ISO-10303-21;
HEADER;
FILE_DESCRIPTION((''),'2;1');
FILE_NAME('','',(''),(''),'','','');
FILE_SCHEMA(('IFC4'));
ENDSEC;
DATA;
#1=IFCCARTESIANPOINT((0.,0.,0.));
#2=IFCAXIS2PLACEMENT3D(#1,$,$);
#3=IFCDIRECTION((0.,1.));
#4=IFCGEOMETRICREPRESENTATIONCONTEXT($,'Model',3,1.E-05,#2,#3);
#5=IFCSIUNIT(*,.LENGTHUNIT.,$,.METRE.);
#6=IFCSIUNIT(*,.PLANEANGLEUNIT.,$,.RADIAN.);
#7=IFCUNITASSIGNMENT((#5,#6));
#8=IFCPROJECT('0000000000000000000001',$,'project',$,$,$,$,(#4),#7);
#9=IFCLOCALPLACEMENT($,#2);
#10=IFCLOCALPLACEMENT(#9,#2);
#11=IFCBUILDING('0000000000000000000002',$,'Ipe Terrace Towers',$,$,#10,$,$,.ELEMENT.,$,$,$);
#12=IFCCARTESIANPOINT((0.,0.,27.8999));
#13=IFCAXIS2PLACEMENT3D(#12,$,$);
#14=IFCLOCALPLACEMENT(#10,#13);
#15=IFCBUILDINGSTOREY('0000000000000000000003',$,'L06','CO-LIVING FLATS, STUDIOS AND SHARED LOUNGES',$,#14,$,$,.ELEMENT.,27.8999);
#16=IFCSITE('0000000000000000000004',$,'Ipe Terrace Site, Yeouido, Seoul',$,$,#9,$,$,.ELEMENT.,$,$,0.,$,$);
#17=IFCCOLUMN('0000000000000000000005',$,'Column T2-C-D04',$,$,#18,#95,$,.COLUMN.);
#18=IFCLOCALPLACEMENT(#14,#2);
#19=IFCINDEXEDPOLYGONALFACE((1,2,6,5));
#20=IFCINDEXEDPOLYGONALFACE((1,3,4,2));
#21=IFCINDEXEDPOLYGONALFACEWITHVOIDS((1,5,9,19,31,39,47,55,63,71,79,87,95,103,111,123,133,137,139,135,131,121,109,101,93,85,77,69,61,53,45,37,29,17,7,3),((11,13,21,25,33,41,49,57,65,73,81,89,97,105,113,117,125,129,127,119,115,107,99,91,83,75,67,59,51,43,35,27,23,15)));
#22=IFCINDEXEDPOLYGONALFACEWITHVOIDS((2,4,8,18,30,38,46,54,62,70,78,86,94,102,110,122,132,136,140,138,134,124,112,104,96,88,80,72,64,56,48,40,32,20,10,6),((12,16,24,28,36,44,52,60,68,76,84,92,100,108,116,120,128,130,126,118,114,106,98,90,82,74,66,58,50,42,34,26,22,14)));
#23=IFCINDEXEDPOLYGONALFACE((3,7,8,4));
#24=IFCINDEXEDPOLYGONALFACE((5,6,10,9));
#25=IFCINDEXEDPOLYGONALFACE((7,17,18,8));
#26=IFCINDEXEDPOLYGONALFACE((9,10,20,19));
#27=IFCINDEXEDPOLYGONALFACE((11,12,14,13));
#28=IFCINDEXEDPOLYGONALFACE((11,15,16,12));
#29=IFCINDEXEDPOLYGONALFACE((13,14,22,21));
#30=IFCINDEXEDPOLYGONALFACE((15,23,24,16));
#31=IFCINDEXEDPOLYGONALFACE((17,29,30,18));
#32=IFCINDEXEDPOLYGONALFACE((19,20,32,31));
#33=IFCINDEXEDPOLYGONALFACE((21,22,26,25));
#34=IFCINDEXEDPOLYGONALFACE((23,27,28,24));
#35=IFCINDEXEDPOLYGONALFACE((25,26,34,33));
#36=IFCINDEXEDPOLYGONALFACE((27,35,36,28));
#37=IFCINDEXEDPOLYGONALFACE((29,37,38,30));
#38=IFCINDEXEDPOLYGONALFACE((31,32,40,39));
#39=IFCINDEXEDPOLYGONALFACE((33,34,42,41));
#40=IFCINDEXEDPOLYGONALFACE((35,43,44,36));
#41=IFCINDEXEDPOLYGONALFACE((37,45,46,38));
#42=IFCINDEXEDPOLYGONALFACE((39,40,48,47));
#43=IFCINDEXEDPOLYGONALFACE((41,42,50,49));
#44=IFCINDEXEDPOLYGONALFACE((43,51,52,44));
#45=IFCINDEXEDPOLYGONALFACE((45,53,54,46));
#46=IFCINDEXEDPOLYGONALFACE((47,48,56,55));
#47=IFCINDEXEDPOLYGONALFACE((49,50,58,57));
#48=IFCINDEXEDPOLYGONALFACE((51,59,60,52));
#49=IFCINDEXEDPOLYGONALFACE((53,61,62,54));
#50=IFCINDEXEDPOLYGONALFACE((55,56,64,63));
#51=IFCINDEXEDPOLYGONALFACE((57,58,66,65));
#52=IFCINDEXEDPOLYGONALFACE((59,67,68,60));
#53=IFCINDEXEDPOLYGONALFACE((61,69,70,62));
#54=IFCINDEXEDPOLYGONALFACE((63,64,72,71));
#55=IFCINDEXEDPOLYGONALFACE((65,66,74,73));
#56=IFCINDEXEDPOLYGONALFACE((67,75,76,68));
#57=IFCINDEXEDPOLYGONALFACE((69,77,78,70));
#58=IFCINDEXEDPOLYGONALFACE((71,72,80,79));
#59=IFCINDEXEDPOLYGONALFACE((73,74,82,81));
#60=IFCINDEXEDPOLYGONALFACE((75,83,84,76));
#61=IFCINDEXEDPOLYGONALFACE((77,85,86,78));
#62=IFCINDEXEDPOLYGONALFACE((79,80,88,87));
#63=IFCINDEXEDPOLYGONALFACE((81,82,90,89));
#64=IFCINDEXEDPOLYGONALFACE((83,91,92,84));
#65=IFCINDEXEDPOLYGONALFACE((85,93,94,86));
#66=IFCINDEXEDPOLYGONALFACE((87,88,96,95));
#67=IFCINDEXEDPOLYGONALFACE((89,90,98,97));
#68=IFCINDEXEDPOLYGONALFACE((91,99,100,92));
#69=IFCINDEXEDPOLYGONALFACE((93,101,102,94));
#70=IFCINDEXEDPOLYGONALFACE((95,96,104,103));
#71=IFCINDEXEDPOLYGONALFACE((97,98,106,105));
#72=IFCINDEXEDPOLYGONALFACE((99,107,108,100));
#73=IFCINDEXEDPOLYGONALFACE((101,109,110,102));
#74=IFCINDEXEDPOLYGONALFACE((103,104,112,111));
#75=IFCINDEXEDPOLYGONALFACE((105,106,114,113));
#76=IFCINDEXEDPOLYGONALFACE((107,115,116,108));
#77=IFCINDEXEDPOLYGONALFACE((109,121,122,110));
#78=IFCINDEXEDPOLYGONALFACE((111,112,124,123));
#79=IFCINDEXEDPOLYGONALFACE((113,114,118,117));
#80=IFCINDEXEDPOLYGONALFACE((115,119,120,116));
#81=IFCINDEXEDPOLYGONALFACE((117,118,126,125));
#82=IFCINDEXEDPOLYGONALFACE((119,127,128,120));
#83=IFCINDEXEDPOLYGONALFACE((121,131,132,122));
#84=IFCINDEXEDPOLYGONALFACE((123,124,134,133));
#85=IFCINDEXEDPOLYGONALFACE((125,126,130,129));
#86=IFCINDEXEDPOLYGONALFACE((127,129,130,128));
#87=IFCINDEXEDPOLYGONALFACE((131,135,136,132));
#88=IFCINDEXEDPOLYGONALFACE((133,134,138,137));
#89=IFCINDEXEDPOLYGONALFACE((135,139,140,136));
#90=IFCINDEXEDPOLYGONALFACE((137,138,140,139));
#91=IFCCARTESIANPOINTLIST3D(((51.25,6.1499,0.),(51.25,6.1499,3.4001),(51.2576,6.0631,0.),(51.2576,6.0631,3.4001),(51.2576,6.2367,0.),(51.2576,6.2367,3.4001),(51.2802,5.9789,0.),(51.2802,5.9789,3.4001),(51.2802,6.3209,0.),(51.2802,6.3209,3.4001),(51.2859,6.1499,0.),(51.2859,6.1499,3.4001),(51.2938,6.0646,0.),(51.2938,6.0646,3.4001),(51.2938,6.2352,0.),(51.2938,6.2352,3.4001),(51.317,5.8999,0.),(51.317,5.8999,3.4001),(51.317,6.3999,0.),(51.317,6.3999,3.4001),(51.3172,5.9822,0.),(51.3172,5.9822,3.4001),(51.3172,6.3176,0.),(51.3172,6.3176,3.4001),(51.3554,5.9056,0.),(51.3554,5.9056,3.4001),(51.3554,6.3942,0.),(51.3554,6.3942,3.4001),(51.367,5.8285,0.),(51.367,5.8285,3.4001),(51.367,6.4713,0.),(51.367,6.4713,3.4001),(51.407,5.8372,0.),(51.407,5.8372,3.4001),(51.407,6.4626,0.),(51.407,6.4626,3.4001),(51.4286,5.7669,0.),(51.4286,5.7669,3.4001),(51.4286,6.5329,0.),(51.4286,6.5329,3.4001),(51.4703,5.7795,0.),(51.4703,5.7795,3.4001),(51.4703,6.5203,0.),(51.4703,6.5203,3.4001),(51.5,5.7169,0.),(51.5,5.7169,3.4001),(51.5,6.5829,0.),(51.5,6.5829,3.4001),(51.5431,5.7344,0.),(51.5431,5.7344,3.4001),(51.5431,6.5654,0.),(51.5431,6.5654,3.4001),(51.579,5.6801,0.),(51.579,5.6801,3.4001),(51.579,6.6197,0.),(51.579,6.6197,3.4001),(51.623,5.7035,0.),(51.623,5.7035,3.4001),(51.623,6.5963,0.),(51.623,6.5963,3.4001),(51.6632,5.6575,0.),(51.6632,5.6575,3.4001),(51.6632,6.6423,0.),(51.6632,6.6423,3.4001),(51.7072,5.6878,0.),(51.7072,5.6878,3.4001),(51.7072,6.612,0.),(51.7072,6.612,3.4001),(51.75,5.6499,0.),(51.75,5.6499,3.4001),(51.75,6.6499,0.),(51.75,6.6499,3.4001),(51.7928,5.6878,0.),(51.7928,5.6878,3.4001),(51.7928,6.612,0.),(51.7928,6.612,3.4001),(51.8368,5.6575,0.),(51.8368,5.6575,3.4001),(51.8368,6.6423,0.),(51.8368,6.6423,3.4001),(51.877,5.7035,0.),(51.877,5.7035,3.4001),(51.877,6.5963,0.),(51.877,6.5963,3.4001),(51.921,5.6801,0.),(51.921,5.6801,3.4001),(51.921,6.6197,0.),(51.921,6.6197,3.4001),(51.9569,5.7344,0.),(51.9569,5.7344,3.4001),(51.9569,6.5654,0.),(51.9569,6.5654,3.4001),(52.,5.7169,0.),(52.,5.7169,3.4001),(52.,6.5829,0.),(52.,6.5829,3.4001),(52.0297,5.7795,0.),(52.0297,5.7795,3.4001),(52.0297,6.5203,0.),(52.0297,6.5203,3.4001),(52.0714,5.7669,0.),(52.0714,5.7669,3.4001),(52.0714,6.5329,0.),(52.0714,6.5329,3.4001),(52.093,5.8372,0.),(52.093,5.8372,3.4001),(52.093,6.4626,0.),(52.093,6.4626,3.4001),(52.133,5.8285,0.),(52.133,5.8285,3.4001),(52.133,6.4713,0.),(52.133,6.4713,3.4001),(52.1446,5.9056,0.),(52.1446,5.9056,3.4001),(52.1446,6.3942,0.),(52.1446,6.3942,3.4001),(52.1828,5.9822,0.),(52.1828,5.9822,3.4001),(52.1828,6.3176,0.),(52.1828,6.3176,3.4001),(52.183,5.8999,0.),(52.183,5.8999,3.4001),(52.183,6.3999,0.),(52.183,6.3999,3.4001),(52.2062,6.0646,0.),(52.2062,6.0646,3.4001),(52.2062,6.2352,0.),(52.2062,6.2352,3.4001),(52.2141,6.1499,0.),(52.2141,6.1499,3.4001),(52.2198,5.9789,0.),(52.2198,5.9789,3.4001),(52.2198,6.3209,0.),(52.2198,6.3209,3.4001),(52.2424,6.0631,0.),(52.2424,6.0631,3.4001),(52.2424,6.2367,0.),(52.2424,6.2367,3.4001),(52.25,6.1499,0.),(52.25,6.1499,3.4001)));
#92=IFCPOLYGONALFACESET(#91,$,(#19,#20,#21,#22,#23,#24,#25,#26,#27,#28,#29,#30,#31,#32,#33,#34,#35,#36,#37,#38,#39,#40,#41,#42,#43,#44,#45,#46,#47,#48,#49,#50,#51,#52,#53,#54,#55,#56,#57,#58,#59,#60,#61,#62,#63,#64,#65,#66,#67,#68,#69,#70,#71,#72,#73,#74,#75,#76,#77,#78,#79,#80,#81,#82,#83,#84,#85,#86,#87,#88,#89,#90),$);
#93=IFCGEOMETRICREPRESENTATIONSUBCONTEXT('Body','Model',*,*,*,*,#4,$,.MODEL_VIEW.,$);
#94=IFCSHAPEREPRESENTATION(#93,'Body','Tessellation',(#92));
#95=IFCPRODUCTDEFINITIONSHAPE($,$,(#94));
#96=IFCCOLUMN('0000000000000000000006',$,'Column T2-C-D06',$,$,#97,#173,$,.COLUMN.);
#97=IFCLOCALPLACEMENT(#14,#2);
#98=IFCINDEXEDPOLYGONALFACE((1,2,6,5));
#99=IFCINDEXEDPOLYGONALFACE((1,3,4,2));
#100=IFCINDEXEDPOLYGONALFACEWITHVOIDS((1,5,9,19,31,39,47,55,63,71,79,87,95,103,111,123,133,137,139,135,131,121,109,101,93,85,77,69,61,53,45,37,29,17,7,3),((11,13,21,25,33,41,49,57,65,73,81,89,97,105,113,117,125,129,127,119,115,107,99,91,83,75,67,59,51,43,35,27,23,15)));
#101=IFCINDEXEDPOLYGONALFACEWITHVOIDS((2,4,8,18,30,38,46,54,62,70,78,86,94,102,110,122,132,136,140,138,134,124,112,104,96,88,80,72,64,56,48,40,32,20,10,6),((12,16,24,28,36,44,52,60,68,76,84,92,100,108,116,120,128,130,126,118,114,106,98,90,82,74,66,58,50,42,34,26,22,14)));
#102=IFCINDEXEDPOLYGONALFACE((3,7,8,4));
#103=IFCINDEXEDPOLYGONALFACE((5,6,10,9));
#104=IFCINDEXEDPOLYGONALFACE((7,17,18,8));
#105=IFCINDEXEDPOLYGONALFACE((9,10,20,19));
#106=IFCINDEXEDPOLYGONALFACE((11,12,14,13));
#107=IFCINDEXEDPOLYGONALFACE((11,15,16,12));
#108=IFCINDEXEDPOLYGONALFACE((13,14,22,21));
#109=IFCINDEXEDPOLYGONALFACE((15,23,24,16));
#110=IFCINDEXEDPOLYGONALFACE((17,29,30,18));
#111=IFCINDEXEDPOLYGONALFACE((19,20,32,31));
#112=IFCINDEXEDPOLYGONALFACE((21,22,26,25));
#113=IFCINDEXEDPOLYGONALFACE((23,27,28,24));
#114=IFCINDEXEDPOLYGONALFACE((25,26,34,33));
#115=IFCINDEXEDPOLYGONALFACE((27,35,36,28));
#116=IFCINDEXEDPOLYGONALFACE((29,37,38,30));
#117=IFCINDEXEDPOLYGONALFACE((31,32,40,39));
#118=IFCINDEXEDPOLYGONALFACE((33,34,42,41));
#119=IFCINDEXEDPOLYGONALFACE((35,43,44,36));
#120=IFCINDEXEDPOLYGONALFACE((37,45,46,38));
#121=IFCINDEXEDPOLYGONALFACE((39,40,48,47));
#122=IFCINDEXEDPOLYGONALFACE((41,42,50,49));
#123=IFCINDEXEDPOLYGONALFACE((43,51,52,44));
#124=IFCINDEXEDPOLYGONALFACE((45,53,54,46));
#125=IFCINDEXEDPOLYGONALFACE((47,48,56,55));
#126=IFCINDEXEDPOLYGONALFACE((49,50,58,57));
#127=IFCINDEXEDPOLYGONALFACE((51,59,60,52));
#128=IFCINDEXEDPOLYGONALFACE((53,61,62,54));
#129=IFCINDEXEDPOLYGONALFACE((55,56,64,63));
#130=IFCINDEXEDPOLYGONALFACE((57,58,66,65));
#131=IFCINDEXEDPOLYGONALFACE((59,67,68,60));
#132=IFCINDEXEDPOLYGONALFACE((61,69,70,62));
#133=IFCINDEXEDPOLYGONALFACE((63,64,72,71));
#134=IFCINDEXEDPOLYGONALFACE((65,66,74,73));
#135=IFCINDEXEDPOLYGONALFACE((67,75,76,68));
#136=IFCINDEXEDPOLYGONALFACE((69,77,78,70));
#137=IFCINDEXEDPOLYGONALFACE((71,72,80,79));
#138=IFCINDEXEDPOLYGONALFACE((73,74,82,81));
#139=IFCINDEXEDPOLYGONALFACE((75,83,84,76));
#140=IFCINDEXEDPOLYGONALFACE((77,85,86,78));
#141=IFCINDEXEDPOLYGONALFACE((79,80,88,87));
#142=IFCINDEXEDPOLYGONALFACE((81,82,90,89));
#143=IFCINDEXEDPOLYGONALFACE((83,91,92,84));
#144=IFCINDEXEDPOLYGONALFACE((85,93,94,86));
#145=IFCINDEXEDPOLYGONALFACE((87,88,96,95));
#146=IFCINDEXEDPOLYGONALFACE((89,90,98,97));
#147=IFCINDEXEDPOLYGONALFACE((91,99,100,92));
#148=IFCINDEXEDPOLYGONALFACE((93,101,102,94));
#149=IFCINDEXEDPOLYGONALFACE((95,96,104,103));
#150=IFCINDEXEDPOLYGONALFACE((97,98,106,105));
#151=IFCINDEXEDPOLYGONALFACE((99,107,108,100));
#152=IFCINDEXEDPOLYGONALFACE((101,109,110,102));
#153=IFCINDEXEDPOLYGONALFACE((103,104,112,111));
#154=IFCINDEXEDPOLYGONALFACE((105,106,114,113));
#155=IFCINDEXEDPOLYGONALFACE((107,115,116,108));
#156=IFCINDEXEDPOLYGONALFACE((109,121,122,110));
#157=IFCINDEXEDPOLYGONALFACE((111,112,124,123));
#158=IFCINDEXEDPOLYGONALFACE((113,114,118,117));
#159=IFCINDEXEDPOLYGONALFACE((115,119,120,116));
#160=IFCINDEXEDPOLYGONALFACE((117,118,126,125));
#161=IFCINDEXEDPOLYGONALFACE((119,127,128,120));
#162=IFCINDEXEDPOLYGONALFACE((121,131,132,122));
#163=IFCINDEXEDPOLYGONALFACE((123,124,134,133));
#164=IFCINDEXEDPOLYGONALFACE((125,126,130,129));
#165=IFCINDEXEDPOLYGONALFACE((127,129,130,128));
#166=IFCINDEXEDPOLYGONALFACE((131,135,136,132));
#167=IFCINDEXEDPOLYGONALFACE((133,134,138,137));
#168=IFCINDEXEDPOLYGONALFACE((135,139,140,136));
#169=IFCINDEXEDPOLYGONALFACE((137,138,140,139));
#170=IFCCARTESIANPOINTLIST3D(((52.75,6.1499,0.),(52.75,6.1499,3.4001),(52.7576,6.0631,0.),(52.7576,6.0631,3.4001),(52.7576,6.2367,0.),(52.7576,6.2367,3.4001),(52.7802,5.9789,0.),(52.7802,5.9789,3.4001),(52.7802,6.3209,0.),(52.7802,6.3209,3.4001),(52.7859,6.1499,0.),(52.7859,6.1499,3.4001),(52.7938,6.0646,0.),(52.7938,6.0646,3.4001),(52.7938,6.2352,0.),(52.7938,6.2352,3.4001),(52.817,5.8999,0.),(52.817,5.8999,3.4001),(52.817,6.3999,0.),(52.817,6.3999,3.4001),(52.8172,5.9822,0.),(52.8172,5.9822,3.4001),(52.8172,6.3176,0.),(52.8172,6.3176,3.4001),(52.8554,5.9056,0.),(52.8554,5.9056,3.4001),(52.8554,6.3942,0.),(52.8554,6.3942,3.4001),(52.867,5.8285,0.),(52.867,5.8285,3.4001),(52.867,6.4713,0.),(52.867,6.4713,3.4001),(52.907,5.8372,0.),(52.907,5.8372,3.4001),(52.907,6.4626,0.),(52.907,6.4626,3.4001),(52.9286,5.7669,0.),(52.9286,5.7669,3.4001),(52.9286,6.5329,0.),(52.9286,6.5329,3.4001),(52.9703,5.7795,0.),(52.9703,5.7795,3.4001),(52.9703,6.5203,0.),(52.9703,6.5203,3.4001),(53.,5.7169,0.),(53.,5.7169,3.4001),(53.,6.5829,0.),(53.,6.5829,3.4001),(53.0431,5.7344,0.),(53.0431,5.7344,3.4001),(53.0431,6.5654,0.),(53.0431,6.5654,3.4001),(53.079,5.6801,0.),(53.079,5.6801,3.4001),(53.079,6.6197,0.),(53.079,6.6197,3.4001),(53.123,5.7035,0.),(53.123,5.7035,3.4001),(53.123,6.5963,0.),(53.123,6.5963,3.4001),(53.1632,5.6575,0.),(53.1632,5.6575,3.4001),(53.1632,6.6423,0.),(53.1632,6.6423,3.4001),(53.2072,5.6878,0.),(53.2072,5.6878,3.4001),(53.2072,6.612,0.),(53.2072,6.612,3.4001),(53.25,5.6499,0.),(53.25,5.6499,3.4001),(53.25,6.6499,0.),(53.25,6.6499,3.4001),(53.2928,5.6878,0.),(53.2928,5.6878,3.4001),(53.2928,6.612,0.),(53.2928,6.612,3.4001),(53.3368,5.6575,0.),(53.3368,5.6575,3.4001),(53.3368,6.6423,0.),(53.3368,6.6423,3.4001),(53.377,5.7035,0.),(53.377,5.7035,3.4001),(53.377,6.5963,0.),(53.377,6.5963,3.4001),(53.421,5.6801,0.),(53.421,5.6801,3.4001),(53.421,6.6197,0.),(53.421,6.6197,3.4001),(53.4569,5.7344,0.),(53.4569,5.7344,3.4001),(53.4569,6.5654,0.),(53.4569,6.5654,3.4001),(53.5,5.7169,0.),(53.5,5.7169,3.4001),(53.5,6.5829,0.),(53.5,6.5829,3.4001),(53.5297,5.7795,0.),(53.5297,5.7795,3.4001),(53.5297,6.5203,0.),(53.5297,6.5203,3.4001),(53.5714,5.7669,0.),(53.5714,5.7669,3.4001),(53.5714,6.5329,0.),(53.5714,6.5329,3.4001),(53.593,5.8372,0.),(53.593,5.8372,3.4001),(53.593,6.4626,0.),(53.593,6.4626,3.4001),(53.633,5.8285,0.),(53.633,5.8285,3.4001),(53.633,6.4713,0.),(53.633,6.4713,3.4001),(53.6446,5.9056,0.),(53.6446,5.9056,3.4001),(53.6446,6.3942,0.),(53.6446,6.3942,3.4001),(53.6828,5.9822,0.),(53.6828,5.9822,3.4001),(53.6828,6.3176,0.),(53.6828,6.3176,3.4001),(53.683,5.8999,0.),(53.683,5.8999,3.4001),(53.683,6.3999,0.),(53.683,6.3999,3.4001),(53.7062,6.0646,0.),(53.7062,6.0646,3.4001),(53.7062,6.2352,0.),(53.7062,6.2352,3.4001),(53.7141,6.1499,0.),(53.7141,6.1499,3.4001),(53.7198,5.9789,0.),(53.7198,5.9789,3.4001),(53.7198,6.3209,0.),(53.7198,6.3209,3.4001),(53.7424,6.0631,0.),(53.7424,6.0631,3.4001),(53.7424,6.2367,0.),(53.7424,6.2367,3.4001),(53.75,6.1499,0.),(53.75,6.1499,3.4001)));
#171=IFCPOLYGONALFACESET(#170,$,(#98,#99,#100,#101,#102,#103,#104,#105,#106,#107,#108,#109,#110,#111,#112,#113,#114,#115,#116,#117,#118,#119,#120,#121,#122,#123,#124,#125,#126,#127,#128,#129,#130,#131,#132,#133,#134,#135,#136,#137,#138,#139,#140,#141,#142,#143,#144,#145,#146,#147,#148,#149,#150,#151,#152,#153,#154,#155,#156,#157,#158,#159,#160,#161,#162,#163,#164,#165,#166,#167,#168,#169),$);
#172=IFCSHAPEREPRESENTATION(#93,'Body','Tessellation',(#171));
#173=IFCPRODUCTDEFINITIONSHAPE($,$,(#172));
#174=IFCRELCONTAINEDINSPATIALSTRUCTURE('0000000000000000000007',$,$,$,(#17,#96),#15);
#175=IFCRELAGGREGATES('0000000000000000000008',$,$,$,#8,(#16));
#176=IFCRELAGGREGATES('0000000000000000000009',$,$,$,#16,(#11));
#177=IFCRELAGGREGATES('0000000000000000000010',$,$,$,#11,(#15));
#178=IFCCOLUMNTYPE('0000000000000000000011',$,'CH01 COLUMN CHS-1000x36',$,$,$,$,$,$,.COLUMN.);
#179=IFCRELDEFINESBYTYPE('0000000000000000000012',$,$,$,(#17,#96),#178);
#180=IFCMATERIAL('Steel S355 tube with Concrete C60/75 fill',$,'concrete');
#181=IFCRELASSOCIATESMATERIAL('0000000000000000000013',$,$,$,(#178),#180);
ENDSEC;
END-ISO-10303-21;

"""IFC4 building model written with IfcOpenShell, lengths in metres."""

from ifc_helpers import new_model, si_unit, direction, frame, origin, origin_2d, place, context, subcontext, project, spatial, hollow_circle, extrude, material, material_profile, profile_set, type_object, element, save


model = new_model("IFC4")

# Units and contexts
model_context = context("Model", 3, precision=1e-05, world=origin(), true_north=direction((0.0, 1.0)))
body_context = subcontext(model_context, "Body", "Model", "MODEL_VIEW")
ifc_project = project(units=[si_unit("LENGTHUNIT", "METRE"), si_unit("PLANEANGLEUNIT", "RADIAN")], contexts=[model_context])

# Site, building, storey
site_placement = place(None, origin())
site = spatial("IfcSite", under=ifc_project, at=site_placement, Name="Ipe Terrace Site, Yeouido, Seoul", CompositionType="ELEMENT", RefElevation=0.0)
building_placement = place(site_placement, origin())
building = spatial("IfcBuilding", under=site, at=building_placement, Name="Ipe Terrace Towers", CompositionType="ELEMENT")
storey_placement = place(building_placement, frame((0.0, 0.0, 27.8999)))
storey = spatial("IfcBuildingStorey", under=building, at=storey_placement, Name="L06", Description="CO-LIVING FLATS, STUDIOS AND SHARED LOUNGES", CompositionType="ELEMENT", Elevation=27.8999)

# Columns
ifc_material_1 = material(Name="Steel S355 tube with Concrete C60/75 fill", Category="concrete")
ifc_material_profile_1 = material_profile(ifc_material_1, hollow_circle(Radius=0.5, WallThickness=0.0359, at=origin_2d()), Name="CHS-1000x36")
ifc_profile_set_1 = profile_set([ifc_material_profile_1], Name="Steel S355 tube with Concrete C60/75 fill")
column_type_1 = type_object("IfcColumnType", Name="CH01 COLUMN CHS-1000x36", PredefinedType="COLUMN", material=ifc_profile_set_1)
for number, where, z_axis, x_axis, name in (
    (1, (51.75, 6.1499, 0.0), (0.0, 0.0, 1.0), (1.0, 0.0, 0.0), "Column T2-C-D04"),
    (2, (53.25, 6.1499, 0.0), (0.0, 0.0, 1.0), (1.0, 0.0, 0.0), "Column T2-C-D06"),
):
    element("IfcColumn", number, at=place(storey_placement, frame(where, z_axis=z_axis, x_axis=x_axis)), inside=storey, type_object=column_type_1, Name=name, PredefinedType="COLUMN", context=body_context, shape_type="SweptSolid", body=[
        extrude(hollow_circle(Radius=0.5, WallThickness=0.0359, at=origin_2d()), origin(), (0.0, 0.0, 1.0), 3.4001),
    ])

save(model, "model.ifc")
